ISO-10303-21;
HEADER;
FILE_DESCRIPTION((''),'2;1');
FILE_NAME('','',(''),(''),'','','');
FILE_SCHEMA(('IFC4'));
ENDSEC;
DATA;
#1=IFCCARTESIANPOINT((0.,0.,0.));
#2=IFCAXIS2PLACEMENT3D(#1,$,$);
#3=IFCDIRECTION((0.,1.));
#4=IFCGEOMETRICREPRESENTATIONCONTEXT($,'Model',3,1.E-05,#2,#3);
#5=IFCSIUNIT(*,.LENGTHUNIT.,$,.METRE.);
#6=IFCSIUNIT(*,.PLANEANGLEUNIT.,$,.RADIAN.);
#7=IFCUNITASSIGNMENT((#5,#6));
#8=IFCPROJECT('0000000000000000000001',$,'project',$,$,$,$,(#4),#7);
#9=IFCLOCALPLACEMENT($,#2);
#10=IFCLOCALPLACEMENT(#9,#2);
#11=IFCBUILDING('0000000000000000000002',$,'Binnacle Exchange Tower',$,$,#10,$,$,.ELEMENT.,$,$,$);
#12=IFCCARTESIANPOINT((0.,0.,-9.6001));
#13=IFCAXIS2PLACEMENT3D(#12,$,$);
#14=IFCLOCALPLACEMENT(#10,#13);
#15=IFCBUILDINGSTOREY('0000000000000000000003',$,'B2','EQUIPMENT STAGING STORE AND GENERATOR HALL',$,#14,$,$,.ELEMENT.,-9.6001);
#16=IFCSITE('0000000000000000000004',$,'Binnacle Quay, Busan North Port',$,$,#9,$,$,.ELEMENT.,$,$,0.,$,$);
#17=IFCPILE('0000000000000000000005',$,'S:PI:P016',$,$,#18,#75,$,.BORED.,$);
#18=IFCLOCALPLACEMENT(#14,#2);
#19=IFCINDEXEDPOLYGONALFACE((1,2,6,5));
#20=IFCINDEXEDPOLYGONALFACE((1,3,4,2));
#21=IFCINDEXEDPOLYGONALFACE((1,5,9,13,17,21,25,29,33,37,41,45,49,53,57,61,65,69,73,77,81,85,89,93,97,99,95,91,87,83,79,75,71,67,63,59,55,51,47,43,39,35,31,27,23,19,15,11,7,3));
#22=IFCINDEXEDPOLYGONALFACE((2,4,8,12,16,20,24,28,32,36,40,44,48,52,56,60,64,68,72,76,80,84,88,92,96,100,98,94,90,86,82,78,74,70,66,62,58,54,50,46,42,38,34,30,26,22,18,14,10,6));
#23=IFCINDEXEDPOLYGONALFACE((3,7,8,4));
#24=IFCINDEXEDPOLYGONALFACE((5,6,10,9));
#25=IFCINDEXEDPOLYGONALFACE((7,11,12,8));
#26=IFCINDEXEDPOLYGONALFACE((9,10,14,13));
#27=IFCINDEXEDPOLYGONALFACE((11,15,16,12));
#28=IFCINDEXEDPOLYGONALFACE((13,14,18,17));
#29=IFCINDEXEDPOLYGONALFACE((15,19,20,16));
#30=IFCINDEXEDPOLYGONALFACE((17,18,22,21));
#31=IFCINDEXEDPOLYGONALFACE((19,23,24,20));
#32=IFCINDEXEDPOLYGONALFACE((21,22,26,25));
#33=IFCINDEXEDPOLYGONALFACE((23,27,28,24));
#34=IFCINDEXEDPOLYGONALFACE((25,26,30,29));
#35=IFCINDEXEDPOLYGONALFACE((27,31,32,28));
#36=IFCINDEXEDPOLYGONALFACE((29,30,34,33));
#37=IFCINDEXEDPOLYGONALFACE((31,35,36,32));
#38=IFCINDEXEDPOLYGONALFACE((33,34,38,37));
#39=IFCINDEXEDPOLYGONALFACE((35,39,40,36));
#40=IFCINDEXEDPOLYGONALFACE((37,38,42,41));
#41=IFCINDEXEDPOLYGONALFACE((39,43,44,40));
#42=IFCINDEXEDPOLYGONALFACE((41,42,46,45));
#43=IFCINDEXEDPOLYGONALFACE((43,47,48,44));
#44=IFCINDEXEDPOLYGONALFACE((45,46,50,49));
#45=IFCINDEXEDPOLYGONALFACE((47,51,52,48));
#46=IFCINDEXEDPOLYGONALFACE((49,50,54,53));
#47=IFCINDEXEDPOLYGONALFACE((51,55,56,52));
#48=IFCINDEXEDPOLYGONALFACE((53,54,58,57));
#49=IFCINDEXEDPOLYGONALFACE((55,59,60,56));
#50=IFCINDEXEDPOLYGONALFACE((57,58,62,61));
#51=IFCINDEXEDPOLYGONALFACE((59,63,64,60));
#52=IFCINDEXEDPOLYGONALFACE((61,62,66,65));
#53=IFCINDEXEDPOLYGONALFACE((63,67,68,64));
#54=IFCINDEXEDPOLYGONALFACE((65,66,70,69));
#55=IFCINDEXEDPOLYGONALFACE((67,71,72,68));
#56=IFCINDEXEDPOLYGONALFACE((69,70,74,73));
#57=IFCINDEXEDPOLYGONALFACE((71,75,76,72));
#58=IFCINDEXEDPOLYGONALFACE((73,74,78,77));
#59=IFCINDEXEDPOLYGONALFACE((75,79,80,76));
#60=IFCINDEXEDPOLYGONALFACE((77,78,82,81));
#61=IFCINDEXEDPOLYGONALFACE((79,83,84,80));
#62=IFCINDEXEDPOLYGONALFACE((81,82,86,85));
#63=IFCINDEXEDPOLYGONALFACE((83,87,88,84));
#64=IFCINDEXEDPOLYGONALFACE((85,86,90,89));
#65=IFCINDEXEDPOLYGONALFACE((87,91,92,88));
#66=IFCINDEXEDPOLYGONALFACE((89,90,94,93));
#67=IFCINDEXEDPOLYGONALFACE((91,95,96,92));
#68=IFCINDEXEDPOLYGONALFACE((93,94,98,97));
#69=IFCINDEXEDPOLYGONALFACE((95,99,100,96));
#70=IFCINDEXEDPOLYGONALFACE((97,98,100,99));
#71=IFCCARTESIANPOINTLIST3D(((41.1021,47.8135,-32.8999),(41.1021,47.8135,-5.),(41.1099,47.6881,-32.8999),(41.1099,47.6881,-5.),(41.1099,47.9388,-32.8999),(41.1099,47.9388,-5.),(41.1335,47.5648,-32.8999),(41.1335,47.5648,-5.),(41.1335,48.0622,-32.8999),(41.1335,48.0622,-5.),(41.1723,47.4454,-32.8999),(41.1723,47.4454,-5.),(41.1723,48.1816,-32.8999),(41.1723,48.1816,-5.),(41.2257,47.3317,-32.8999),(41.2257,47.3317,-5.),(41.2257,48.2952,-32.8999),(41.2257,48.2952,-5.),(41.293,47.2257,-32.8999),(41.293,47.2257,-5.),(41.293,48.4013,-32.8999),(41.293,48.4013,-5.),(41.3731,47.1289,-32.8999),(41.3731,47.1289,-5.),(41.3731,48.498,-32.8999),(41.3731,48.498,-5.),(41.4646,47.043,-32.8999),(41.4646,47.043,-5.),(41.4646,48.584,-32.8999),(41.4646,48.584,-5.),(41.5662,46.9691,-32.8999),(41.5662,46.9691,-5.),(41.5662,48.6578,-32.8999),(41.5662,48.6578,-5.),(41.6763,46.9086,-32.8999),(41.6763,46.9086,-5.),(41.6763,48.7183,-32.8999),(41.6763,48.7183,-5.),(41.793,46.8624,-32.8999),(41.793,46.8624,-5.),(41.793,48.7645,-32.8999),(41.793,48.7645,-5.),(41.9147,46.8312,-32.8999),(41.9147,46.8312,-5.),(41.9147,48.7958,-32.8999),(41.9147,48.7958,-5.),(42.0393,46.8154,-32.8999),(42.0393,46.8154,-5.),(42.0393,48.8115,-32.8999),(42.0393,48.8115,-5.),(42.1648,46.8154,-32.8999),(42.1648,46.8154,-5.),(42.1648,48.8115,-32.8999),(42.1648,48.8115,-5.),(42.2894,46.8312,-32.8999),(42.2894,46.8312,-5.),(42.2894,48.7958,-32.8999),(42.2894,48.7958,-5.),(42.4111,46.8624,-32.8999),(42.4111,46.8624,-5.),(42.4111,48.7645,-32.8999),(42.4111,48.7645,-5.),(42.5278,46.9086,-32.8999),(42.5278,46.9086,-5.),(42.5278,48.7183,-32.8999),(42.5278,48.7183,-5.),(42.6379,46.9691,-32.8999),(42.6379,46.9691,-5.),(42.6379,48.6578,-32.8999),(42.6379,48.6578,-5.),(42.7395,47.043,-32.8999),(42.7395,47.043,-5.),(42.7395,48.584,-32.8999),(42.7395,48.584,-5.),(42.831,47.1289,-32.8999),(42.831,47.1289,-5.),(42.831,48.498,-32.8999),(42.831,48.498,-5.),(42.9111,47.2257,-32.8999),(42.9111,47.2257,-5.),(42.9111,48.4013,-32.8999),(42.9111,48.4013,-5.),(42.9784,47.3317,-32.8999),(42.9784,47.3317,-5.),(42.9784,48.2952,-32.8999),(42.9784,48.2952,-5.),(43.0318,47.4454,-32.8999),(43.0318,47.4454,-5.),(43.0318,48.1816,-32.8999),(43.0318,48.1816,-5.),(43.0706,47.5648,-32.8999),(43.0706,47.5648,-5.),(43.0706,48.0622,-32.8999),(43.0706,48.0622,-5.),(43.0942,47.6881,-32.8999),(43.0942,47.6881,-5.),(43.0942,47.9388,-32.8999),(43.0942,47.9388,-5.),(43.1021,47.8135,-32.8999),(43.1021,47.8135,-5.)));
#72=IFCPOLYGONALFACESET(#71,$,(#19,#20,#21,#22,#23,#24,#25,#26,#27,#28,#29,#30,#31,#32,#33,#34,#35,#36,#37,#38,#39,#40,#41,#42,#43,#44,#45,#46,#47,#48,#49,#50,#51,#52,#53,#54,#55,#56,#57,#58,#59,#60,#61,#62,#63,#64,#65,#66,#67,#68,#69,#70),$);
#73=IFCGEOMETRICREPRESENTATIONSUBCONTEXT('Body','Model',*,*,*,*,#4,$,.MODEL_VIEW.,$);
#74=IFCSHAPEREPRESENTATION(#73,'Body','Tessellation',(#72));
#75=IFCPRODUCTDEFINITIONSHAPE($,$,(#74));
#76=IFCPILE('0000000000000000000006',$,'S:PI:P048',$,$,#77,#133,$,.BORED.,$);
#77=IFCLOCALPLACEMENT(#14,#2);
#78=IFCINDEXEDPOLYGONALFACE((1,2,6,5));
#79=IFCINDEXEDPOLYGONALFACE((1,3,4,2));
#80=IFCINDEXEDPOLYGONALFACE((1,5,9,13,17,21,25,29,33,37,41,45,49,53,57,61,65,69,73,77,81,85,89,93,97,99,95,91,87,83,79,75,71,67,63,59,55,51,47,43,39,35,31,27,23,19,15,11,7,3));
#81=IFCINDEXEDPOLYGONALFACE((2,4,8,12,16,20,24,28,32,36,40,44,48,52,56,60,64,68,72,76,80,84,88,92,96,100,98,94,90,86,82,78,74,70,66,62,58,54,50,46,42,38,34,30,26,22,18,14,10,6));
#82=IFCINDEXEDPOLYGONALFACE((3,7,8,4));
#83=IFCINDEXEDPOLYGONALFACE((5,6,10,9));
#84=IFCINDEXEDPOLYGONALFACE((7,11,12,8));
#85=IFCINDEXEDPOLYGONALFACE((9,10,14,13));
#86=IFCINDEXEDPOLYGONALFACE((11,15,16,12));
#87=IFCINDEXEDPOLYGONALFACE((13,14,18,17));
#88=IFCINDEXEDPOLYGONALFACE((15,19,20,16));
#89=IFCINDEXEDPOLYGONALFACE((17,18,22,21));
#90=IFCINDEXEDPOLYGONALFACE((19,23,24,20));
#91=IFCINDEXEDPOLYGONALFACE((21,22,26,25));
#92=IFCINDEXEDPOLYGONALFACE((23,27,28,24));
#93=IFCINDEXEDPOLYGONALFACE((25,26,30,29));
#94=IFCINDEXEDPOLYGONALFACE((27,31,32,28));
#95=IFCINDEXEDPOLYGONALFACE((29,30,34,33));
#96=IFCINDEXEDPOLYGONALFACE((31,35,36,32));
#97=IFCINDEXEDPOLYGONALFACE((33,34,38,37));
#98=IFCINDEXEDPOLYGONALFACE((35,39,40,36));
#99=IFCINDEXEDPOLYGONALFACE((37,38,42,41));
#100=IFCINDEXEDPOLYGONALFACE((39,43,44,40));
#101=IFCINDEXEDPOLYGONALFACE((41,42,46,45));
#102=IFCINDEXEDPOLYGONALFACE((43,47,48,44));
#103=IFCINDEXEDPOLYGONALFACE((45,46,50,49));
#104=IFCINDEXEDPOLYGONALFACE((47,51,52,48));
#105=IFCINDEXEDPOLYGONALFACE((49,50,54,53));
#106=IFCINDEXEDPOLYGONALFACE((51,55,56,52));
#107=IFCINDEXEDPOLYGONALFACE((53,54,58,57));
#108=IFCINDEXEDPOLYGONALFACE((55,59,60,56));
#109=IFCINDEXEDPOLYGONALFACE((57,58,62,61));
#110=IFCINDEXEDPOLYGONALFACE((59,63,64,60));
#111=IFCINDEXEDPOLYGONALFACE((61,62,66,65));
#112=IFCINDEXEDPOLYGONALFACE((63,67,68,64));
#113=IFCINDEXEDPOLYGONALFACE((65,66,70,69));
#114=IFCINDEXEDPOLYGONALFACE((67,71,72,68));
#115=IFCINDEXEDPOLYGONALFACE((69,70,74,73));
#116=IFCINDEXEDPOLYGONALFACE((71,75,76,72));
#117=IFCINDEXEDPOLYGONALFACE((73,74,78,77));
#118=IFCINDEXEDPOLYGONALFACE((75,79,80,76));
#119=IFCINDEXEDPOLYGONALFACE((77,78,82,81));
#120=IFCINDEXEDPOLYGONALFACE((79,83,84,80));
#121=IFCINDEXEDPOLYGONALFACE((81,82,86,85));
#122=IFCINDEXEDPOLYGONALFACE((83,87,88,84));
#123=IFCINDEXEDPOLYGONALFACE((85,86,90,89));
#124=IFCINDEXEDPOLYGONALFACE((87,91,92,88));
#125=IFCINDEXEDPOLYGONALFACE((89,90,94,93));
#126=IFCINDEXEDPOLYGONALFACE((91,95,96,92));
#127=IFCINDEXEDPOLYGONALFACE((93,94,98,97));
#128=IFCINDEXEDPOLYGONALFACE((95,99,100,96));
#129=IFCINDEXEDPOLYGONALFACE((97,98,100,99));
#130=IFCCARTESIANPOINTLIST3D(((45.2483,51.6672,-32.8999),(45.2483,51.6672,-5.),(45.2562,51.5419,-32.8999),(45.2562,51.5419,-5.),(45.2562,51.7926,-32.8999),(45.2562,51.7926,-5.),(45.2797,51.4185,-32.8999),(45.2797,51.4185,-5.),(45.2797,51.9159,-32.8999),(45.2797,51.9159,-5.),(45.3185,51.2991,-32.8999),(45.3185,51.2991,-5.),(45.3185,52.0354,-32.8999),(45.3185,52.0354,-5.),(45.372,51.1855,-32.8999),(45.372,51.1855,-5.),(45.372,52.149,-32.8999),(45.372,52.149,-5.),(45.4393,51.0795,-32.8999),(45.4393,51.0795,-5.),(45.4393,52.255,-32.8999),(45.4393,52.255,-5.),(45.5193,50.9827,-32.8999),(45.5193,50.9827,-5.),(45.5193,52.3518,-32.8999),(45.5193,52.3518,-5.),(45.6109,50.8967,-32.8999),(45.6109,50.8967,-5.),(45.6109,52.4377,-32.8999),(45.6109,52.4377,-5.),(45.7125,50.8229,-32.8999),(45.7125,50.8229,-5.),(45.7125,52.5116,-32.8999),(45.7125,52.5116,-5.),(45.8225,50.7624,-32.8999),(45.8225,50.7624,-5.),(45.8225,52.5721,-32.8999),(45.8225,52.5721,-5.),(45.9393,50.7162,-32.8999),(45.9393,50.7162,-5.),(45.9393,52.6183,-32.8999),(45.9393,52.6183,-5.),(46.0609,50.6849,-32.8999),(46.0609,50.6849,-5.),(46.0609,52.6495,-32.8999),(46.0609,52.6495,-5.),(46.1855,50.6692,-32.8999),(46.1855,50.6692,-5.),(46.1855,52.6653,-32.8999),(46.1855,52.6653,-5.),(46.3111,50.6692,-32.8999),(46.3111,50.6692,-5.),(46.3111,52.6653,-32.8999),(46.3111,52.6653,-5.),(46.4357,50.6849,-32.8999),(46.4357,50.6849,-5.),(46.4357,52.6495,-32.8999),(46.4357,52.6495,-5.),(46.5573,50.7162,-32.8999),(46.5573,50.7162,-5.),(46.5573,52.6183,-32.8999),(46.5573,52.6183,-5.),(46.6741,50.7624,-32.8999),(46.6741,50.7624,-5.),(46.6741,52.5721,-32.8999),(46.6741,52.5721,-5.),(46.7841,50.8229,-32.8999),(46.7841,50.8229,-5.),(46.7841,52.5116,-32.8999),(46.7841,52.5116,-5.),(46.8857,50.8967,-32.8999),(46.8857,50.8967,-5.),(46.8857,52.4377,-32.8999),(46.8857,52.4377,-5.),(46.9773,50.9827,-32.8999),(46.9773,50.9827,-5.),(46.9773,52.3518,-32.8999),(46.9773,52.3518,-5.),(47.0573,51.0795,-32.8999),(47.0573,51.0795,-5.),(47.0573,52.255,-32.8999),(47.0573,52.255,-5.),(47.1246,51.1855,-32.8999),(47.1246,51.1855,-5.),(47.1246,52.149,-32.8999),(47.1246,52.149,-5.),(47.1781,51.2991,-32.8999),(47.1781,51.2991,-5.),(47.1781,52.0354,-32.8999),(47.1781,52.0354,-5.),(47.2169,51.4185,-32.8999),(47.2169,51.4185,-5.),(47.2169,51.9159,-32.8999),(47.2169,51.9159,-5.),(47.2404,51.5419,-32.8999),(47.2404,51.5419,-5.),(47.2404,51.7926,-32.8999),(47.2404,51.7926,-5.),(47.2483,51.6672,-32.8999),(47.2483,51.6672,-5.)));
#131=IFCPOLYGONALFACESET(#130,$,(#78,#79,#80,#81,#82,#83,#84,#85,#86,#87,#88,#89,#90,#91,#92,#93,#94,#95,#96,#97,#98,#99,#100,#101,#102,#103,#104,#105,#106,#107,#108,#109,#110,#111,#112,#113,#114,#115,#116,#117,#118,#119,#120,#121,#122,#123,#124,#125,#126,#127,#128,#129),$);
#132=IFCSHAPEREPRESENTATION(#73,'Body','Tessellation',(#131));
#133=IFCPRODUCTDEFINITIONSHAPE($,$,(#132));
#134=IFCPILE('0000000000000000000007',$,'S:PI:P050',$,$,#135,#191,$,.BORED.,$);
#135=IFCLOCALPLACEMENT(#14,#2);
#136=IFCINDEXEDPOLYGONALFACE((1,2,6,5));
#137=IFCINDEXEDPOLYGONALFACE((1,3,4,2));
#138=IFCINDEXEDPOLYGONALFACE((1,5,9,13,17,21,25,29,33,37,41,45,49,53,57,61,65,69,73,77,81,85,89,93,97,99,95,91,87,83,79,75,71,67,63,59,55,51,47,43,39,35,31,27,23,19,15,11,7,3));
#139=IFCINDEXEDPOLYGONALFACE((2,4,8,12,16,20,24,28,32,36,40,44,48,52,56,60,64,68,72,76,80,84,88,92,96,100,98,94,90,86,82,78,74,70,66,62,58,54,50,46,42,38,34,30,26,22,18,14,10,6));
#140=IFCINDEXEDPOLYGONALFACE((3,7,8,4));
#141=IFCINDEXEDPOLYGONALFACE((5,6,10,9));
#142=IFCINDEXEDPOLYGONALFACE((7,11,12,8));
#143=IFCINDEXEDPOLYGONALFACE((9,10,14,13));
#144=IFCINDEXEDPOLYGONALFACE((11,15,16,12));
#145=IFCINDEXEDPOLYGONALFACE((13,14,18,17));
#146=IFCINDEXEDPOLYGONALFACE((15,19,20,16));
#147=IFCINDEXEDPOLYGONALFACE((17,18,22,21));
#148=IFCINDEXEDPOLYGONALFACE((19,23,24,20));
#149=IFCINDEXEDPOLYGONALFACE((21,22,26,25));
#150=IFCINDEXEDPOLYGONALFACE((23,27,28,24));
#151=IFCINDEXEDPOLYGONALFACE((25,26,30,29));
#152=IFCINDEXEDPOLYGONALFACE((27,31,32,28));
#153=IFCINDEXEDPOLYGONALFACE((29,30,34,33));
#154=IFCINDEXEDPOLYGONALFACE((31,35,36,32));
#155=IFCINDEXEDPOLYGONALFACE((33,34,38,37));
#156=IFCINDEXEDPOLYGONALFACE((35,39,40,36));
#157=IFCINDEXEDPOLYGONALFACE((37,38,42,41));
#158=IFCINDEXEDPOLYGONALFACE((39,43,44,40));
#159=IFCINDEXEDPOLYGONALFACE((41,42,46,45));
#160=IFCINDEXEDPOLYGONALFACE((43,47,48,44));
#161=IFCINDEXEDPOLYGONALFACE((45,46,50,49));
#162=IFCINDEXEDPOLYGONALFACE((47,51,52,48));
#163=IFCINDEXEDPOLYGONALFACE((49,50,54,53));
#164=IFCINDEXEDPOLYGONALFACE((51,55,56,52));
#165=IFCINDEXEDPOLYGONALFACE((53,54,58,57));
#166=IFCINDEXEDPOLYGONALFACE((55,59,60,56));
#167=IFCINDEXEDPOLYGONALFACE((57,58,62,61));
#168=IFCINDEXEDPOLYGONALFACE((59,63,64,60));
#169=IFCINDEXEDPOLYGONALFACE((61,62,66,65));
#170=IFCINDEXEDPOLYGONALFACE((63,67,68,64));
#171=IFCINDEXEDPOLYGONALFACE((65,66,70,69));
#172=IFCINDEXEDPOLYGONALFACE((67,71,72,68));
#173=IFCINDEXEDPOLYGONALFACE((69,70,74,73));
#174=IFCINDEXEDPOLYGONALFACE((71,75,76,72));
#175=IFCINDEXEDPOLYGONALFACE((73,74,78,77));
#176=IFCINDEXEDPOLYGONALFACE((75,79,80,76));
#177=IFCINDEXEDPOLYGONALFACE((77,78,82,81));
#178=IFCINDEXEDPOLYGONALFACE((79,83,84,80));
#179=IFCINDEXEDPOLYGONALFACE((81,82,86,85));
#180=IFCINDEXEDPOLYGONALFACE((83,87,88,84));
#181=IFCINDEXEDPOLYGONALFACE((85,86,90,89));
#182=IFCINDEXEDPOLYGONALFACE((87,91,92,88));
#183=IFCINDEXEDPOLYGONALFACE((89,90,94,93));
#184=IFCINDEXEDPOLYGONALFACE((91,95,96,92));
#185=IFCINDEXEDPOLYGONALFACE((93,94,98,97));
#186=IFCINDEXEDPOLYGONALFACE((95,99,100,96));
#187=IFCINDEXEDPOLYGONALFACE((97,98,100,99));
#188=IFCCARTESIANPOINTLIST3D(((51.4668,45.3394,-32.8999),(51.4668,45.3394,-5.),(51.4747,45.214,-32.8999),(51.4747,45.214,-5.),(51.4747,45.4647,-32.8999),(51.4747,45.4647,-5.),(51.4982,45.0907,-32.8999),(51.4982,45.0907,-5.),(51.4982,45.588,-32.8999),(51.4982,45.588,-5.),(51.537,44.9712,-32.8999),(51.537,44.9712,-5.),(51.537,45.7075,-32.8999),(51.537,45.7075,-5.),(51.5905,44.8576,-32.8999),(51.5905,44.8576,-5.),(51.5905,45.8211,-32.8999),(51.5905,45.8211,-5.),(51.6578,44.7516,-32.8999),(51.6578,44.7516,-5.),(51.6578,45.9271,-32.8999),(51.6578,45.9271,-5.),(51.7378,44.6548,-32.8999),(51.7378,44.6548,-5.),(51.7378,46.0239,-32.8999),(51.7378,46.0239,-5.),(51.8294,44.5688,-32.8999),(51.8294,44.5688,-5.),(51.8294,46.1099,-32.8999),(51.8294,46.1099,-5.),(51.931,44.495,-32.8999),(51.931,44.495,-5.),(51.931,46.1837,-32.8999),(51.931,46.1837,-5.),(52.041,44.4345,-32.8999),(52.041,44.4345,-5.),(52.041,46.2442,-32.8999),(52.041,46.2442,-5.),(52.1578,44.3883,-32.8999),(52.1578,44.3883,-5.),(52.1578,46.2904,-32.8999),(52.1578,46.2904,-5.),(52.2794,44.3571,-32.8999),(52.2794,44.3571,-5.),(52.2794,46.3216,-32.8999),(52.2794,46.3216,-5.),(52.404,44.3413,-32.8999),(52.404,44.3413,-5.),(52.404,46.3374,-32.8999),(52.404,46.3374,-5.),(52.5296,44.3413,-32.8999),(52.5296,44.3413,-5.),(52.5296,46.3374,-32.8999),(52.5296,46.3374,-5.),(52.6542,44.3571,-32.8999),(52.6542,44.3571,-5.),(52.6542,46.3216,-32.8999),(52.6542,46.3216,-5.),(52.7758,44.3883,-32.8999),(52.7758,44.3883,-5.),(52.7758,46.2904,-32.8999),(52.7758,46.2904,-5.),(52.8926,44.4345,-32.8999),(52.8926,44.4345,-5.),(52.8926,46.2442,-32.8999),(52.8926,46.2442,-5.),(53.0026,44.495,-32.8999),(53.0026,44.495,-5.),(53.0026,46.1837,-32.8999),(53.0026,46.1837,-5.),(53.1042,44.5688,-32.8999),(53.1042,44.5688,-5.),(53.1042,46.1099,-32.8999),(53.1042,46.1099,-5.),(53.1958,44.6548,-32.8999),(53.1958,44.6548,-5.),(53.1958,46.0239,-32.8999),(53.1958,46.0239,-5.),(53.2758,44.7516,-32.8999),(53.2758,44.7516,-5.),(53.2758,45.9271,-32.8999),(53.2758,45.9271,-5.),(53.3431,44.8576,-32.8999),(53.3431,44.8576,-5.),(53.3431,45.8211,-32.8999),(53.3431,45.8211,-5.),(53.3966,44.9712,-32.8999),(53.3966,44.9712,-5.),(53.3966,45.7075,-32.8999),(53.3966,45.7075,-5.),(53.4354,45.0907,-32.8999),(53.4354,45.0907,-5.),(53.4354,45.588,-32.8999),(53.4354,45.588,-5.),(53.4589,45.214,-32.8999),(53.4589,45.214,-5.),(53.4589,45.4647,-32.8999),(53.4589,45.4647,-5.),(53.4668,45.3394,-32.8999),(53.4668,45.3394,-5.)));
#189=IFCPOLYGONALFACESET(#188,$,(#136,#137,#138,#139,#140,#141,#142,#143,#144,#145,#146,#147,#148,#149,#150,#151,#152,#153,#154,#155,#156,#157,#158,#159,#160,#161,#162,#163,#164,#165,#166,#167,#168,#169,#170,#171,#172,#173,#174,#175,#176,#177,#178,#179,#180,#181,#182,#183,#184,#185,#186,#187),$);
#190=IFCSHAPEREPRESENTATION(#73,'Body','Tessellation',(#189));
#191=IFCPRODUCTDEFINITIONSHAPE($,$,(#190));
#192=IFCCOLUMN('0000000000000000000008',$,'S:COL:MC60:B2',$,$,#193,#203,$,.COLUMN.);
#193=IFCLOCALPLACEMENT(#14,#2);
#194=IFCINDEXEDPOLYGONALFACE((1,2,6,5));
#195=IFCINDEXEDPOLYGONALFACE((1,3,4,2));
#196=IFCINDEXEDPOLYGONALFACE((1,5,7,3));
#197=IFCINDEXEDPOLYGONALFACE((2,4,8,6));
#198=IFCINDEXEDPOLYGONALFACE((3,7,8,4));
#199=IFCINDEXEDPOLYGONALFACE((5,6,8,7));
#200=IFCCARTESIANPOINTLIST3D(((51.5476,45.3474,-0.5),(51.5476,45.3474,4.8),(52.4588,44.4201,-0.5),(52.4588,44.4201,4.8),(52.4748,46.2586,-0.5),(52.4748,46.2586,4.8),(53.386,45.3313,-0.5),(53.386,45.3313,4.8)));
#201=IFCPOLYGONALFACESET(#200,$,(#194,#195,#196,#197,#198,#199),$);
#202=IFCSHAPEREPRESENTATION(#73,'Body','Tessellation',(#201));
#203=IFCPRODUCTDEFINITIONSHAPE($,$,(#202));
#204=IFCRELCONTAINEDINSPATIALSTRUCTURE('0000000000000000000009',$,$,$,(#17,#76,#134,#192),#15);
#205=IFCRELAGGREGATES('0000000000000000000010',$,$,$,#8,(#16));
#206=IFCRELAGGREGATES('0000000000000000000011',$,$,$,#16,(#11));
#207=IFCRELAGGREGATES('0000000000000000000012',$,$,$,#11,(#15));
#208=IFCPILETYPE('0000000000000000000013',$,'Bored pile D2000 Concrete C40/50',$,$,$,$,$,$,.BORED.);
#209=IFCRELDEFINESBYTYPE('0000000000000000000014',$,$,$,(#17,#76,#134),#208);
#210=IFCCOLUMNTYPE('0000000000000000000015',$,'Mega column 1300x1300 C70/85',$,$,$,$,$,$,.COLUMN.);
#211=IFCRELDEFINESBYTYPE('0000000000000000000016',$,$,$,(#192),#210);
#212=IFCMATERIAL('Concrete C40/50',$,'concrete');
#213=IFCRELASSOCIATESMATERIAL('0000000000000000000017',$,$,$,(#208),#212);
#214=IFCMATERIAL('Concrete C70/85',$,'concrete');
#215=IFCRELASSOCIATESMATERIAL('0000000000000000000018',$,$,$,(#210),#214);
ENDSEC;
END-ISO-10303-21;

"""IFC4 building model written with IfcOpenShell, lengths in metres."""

from ifc_helpers import new_model, si_unit, direction, frame, origin, origin_2d, place, context, subcontext, project, spatial, rectangle, circle, extrude, material, material_profile, profile_set, type_object, element, save


model = new_model("IFC4")

# Units and contexts
model_context = context("Model", 3, precision=1e-05, world=origin(), true_north=direction((0.0, 1.0)))
body_context = subcontext(model_context, "Body", "Model", "MODEL_VIEW")
ifc_project = project(units=[si_unit("LENGTHUNIT", "METRE"), si_unit("PLANEANGLEUNIT", "RADIAN")], contexts=[model_context])

# Site, building, storey
site_placement = place(None, origin())
site = spatial("IfcSite", under=ifc_project, at=site_placement, Name="Binnacle Quay, Busan North Port", CompositionType="ELEMENT", RefElevation=0.0)
building_placement = place(site_placement, origin())
building = spatial("IfcBuilding", under=site, at=building_placement, Name="Binnacle Exchange Tower", CompositionType="ELEMENT")
storey_placement = place(building_placement, frame((0.0, 0.0, -9.6001)))
storey = spatial("IfcBuildingStorey", under=building, at=storey_placement, Name="B2", Description="EQUIPMENT STAGING STORE AND GENERATOR HALL", CompositionType="ELEMENT", Elevation=-9.6001)

# Piles
ifc_material_1 = material(Name="Concrete C40/50", Category="concrete")
ifc_material_profile_1 = material_profile(ifc_material_1, circle(Radius=1.0, at=origin_2d()), Name="Bored pile D2000")
ifc_profile_set_1 = profile_set([ifc_material_profile_1], Name="Concrete C40/50")
pile_type = type_object("IfcPileType", Name="Bored pile D2000 Concrete C40/50", PredefinedType="BORED", material=ifc_profile_set_1)
for number, where, z_axis, x_axis, name in (
    (1, (42.1021, 47.8135, -5.0), (0.0, 0.0, -1.0), (1.0, 0.0, 0.0), "S:PI:P016"),
    (2, (46.2483, 51.6672, -5.0), (0.0, 0.0, -1.0), (1.0, 0.0, 0.0), "S:PI:P048"),
    (3, (52.4668, 45.3394, -5.0), (0.0, 0.0, -1.0), (1.0, 0.0, 0.0), "S:PI:P050"),
):
    element("IfcPile", number, at=place(storey_placement, frame(where, z_axis=z_axis, x_axis=x_axis)), inside=storey, type_object=pile_type, Name=name, PredefinedType="BORED", context=body_context, shape_type="SweptSolid", body=[
        extrude(circle(Radius=1.0, at=origin_2d()), origin(), (0.0, 0.0, 1.0), 27.8999),
    ])

# Column
ifc_material_2 = material(Name="Concrete C70/85", Category="concrete")
ifc_material_profile_2 = material_profile(ifc_material_2, rectangle(XDim=1.3, YDim=1.3, at=origin_2d()), Name="Mega column 1300x1300 C70/85")
ifc_profile_set_2 = profile_set([ifc_material_profile_2], Name="Concrete C70/85")
column_type_1 = type_object("IfcColumnType", Name="Mega column 1300x1300 C70/85", PredefinedType="COLUMN", material=ifc_profile_set_2)
for number, where, z_axis, x_axis, name in (
    (4, (52.4668, 45.3394, -0.5), (0.0, 0.0, 1.0), (-0.700909, 0.71325, 0.0), "S:COL:MC60:B2"),
):
    element("IfcColumn", number, at=place(storey_placement, frame(where, z_axis=z_axis, x_axis=x_axis)), inside=storey, type_object=column_type_1, Name=name, PredefinedType="COLUMN", context=body_context, shape_type="SweptSolid", body=[
        extrude(rectangle(XDim=1.3, YDim=1.3, at=origin_2d()), origin(), (0.0, 0.0, 1.0), 5.3),
    ])

save(model, "model.ifc")
